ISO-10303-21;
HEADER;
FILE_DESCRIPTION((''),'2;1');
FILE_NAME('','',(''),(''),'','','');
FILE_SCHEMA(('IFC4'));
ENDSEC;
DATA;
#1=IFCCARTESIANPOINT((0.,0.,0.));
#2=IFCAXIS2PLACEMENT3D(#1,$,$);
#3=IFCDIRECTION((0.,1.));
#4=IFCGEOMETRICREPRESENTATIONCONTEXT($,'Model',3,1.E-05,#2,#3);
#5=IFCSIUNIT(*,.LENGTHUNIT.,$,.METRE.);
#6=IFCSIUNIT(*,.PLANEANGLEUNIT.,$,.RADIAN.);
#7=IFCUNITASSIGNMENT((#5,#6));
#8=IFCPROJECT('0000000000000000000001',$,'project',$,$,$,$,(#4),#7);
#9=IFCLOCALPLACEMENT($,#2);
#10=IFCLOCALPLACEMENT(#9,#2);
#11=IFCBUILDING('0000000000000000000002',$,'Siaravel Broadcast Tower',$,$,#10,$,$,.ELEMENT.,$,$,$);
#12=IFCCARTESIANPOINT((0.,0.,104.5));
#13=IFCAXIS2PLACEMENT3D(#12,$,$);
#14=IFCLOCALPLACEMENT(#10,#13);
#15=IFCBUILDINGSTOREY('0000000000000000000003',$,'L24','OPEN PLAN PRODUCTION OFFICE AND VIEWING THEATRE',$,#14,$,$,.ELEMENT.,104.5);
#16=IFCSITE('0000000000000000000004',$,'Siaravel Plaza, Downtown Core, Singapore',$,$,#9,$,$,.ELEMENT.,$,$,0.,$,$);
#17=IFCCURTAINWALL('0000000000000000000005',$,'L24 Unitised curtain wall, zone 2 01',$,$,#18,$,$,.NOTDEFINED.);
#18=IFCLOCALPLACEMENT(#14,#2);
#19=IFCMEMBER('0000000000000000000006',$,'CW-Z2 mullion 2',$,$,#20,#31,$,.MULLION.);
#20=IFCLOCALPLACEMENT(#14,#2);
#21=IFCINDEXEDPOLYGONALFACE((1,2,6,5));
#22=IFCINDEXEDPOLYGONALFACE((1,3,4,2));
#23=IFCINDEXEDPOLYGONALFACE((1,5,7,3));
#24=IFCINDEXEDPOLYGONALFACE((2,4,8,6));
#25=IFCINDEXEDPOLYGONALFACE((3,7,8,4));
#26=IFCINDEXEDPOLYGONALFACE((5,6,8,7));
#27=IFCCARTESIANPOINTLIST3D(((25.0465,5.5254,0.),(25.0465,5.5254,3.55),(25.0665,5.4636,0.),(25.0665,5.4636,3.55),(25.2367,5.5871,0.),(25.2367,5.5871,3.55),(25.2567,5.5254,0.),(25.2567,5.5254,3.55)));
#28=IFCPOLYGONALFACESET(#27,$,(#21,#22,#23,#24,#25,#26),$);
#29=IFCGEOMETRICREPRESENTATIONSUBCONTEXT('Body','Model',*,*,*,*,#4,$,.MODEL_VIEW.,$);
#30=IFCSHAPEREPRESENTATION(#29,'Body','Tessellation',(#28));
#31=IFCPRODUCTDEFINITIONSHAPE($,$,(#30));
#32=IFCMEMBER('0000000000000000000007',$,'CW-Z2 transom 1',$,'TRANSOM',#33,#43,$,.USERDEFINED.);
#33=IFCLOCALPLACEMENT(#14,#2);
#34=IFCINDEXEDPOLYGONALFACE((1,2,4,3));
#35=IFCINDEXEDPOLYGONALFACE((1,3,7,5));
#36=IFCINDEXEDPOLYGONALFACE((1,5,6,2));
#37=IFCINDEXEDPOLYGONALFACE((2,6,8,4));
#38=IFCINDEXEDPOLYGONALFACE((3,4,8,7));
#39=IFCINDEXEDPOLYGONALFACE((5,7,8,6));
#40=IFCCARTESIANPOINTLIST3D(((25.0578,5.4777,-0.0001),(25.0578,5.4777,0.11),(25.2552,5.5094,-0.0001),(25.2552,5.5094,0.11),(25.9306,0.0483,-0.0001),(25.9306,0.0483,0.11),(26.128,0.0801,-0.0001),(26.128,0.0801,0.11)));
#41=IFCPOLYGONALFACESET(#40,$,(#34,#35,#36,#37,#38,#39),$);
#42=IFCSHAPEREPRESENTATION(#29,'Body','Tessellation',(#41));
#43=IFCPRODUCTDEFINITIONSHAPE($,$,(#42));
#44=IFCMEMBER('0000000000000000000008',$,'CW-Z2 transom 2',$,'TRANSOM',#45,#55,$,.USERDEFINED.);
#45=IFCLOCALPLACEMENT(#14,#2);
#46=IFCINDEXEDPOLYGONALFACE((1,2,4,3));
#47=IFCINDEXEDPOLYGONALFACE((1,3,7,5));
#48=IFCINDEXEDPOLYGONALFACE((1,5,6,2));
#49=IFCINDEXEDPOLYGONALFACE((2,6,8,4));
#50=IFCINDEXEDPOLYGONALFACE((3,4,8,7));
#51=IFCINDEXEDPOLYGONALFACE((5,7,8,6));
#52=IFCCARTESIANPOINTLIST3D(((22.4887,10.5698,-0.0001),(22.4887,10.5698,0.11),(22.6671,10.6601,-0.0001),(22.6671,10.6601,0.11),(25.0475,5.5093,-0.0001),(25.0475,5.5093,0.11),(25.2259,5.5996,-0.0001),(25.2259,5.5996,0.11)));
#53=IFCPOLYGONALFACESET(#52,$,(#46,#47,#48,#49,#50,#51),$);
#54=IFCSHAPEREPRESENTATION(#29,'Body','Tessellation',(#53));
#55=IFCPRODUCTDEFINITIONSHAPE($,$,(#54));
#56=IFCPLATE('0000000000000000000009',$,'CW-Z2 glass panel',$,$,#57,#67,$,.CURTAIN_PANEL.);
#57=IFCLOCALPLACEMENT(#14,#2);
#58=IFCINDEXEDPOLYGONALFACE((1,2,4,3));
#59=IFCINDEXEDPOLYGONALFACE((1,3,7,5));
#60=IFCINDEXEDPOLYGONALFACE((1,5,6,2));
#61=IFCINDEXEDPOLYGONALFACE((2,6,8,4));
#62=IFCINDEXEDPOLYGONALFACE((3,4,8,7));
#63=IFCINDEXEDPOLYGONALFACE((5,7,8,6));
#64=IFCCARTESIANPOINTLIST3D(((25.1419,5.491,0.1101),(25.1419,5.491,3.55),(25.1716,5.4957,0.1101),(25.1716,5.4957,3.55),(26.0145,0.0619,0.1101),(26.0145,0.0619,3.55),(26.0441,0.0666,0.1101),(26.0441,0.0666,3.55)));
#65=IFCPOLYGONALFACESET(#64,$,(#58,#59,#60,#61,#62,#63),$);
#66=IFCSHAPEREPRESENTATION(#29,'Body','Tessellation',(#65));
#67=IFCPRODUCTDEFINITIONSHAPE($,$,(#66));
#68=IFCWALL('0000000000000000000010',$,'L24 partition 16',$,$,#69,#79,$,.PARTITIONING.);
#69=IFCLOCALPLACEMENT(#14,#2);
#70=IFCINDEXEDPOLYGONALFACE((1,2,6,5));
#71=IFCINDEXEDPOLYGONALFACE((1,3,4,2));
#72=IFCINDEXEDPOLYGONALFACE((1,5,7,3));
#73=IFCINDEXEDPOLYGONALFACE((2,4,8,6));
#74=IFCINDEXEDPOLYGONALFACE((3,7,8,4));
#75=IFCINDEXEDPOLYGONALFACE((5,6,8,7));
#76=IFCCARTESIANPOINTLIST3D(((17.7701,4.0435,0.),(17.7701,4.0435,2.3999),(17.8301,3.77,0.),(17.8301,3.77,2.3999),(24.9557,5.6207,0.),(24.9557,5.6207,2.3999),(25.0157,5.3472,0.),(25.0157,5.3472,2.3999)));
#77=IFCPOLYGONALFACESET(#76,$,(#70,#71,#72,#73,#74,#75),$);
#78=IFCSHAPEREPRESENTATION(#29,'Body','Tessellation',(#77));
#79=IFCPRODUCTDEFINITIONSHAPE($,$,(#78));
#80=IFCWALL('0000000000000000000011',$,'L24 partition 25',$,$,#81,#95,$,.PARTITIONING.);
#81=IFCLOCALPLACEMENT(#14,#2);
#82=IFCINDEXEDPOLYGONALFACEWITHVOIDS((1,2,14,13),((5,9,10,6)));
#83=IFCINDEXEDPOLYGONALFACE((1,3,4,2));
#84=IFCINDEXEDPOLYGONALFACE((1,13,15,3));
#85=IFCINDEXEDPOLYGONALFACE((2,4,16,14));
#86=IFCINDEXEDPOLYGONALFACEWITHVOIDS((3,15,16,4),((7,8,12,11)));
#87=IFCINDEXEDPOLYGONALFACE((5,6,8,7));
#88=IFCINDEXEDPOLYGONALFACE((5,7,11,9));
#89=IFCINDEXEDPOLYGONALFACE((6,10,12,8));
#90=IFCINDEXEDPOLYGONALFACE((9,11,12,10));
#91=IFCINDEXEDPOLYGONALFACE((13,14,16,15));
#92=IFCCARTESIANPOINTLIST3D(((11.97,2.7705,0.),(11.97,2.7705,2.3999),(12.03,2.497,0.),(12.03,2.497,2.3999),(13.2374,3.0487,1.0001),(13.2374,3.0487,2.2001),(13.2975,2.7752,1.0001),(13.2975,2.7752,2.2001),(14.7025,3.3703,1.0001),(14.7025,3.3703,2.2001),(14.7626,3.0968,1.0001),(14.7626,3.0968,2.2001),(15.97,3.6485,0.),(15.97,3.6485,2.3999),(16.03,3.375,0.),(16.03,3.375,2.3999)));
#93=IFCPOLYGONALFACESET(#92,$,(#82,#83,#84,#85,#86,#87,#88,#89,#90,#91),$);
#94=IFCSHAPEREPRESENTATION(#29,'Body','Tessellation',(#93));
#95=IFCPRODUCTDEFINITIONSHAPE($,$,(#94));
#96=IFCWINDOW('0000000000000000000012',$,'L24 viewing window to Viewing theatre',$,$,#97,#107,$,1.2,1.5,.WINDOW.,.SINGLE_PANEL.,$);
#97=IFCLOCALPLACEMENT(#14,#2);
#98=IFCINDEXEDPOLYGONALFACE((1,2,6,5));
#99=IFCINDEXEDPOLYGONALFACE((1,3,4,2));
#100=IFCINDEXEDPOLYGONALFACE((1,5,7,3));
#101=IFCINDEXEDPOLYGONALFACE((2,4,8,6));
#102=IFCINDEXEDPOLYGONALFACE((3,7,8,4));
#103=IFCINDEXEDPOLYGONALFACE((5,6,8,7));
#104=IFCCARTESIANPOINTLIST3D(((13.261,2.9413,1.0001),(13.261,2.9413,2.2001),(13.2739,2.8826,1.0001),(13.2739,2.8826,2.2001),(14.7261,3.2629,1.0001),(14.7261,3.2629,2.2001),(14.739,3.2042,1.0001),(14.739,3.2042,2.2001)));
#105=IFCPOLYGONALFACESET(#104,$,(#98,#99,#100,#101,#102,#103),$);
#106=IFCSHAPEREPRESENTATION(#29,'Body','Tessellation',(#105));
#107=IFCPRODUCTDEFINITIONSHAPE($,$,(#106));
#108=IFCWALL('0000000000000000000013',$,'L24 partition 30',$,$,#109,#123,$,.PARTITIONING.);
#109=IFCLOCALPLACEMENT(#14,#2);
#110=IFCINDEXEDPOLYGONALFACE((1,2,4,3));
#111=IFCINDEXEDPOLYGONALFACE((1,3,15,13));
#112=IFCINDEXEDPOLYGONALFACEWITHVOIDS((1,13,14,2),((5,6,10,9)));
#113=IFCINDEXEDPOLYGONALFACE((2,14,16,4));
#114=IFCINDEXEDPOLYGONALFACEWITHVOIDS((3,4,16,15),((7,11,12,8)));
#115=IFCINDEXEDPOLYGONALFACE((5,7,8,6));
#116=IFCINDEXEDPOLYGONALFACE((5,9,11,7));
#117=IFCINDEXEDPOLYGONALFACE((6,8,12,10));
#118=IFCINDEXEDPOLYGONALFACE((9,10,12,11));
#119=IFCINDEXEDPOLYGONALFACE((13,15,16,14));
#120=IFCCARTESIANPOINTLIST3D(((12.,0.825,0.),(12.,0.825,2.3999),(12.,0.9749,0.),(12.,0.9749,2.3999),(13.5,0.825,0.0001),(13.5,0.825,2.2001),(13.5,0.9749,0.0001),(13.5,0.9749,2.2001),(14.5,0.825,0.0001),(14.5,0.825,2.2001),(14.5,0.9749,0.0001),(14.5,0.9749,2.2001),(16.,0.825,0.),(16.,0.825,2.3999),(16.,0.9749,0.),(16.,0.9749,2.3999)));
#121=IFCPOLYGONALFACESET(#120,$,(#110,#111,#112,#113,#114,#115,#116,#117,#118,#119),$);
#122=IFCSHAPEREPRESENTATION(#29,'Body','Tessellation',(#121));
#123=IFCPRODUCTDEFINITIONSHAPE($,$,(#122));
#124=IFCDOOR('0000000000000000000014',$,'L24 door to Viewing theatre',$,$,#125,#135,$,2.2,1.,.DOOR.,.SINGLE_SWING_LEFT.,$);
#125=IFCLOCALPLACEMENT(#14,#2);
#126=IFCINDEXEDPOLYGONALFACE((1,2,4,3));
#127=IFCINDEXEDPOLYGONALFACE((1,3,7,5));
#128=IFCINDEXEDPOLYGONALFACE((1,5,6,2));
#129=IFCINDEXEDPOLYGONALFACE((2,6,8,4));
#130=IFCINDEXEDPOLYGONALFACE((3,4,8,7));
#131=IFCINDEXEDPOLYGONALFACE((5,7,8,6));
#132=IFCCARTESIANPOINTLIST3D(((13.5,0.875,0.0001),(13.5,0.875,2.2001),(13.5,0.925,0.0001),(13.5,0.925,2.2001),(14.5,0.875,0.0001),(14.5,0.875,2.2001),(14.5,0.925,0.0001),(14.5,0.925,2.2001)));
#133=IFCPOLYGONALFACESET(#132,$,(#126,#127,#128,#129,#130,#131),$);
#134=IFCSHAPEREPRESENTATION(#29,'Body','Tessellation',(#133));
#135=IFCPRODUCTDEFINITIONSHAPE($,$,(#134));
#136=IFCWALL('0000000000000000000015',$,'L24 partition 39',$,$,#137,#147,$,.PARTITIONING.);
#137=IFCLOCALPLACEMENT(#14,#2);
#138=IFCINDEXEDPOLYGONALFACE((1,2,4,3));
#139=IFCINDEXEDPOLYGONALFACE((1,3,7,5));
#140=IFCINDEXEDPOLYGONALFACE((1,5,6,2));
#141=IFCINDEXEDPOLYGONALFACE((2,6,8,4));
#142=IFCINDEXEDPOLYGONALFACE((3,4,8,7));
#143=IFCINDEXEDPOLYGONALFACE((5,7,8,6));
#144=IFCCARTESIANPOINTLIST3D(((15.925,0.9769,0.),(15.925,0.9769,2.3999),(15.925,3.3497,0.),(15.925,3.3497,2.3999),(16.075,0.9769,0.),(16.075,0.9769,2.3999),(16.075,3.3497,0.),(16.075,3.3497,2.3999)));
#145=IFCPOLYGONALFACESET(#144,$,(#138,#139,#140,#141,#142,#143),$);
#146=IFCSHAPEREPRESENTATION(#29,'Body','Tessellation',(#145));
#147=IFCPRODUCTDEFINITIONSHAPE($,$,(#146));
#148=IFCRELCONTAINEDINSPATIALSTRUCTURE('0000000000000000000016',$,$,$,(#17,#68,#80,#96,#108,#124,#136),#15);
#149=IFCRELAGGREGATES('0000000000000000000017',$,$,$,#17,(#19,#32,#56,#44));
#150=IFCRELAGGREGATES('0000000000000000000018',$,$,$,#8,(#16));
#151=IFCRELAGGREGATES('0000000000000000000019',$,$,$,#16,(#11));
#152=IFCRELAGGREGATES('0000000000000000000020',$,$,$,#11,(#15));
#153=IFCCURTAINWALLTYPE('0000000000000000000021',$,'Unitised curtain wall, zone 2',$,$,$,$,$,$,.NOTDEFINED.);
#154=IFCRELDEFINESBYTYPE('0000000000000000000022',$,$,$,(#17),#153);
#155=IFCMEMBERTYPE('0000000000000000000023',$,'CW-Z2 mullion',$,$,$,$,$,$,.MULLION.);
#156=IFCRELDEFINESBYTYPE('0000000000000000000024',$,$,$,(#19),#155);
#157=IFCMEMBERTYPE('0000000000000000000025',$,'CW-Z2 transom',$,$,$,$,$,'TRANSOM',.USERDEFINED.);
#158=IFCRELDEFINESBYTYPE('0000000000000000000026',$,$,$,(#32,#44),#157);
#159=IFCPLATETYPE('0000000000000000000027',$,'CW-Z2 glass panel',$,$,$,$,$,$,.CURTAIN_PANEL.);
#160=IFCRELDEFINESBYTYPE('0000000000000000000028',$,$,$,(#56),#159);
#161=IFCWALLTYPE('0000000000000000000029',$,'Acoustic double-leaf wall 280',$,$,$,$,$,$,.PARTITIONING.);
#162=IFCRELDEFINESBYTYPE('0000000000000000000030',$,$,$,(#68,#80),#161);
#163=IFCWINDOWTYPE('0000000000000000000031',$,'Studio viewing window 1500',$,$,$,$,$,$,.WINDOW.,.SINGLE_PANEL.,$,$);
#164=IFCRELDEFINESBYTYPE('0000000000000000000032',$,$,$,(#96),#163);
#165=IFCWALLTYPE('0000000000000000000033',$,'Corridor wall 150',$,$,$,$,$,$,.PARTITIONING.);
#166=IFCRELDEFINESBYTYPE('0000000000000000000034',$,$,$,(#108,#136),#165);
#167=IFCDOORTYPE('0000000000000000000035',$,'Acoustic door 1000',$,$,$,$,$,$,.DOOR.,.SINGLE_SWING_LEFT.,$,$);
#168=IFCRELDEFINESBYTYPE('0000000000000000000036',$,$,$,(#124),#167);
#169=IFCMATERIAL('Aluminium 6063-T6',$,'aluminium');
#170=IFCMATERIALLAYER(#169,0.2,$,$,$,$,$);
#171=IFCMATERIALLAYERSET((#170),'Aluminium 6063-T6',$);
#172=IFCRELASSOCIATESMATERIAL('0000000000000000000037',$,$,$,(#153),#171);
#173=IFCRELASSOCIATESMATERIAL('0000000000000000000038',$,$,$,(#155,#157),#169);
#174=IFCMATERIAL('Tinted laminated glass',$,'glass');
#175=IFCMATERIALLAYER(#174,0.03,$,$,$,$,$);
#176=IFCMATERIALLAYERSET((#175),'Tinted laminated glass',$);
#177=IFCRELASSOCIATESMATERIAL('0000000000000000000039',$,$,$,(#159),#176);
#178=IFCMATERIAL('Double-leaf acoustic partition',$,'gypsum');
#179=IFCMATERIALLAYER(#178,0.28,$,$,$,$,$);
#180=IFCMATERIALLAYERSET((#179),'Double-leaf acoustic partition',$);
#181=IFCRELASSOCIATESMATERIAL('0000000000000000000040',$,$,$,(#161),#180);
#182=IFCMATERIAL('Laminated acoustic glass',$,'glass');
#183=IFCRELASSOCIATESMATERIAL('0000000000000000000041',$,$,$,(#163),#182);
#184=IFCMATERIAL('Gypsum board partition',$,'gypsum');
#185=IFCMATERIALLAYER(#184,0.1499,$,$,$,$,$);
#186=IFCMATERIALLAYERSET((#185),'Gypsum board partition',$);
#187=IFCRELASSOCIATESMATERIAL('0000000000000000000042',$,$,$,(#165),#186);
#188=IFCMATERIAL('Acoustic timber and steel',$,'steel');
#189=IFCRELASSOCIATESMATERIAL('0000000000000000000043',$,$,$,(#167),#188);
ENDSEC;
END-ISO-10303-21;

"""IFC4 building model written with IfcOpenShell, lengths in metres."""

from ifc_helpers import new_model, si_unit, direction, frame, frame_2d, origin, origin_2d, place, context, subcontext, project, spatial, rectangle, extrude, material, layer, layer_set, material_profile, profile_set, type_object, element, fill, aggregate, save


model = new_model("IFC4")

# Units and contexts
model_context = context("Model", 3, precision=1e-05, world=origin(), true_north=direction((0.0, 1.0)))
body_context = subcontext(model_context, "Body", "Model", "MODEL_VIEW")
ifc_project = project(units=[si_unit("LENGTHUNIT", "METRE"), si_unit("PLANEANGLEUNIT", "RADIAN")], contexts=[model_context])

# Site, building, storey
site_placement = place(None, origin())
site = spatial("IfcSite", under=ifc_project, at=site_placement, Name="Siaravel Plaza, Downtown Core, Singapore", CompositionType="ELEMENT", RefElevation=0.0)
building_placement = place(site_placement, origin())
building = spatial("IfcBuilding", under=site, at=building_placement, Name="Siaravel Broadcast Tower", CompositionType="ELEMENT")
storey_placement = place(building_placement, frame((0.0, 0.0, 104.5)))
storey = spatial("IfcBuildingStorey", under=building, at=storey_placement, Name="L24", Description="OPEN PLAN PRODUCTION OFFICE AND VIEWING THEATRE", CompositionType="ELEMENT", Elevation=104.5)

# Curtain wall, members, plate
ifc_material_1 = material(Name="Aluminium 6063-T6", Category="aluminium")
ifc_layer_1 = layer(ifc_material_1, 0.2)
ifc_layer_set_1 = layer_set([ifc_layer_1], Name="Aluminium 6063-T6")
curtain_wall_type = type_object("IfcCurtainWallType", Name="Unitised curtain wall, zone 2", PredefinedType="NOTDEFINED", material=ifc_layer_set_1)
curtain_wall_placement = place(storey_placement, origin())
curtain_wall = element("IfcCurtainWall", 1, at=curtain_wall_placement, inside=storey, type_object=curtain_wall_type, Name="L24 Unitised curtain wall, zone 2 01", PredefinedType="NOTDEFINED")
ifc_material_profile_1 = material_profile(ifc_material_1, rectangle(XDim=0.2, YDim=0.0649, at=origin_2d()))
ifc_profile_set_1 = profile_set([ifc_material_profile_1], Name="Aluminium 6063-T6")
member_type_1 = type_object("IfcMemberType", Name="CW-Z2 mullion", PredefinedType="MULLION", material=ifc_profile_set_1)
member_1_placement = place(storey_placement, frame((25.1516, 5.5254, 0.0), z_axis=(0.0, 0.0, 1.0), x_axis=(-0.951177, -0.308646, 0.0)))
member_1 = element("IfcMember", 2, at=member_1_placement, type_object=member_type_1, Name="CW-Z2 mullion 2", PredefinedType="MULLION", context=body_context, shape_type="SweptSolid", body=[
    extrude(rectangle(XDim=0.2, YDim=0.0649, at=origin_2d()), origin(), (0.0, 0.0, 1.0), 3.55),
])
ifc_material_profile_2 = material_profile(ifc_material_1, rectangle(XDim=0.2, YDim=0.1101, at=origin_2d()))
ifc_profile_set_2 = profile_set([ifc_material_profile_2], Name="Aluminium 6063-T6")
member_type_2 = type_object("IfcMemberType", Name="CW-Z2 transom", ElementType="TRANSOM", PredefinedType="USERDEFINED", material=ifc_profile_set_2)
member_2_placement = place(storey_placement, frame((26.0293, 0.0642, 0.0549), z_axis=(-0.158723, 0.987323, 0.0), x_axis=(-0.987323, -0.158723, 0.0)))
member_2 = element("IfcMember", 3, at=member_2_placement, type_object=member_type_2, Name="CW-Z2 transom 1", ObjectType="TRANSOM", PredefinedType="USERDEFINED", context=body_context, shape_type="SweptSolid", body=[
    extrude(rectangle(XDim=0.2, YDim=0.1101, at=origin_2d()), origin(), (0.0, 0.0, 1.0), 5.499),
])
member_3_placement = place(storey_placement, frame((25.1367, 5.5544, 0.0549), z_axis=(-0.451239, 0.892403, 0.0), x_axis=(-0.892403, -0.451239, 0.0)))
member_3 = element("IfcMember", 4, at=member_3_placement, type_object=member_type_2, Name="CW-Z2 transom 2", ObjectType="TRANSOM", PredefinedType="USERDEFINED", context=body_context, shape_type="SweptSolid", body=[
    extrude(rectangle(XDim=0.2, YDim=0.1101, at=origin_2d()), origin(), (0.0, 0.0, 1.0), 5.6707),
])
ifc_material_2 = material(Name="Tinted laminated glass", Category="glass")
ifc_layer_2 = layer(ifc_material_2, 0.03)
ifc_layer_set_2 = layer_set([ifc_layer_2], Name="Tinted laminated glass")
plate_type = type_object("IfcPlateType", Name="CW-Z2 glass panel", PredefinedType="CURTAIN_PANEL", material=ifc_layer_set_2)
plate_placement = place(storey_placement, frame((25.593, 2.7788, 0.1101), z_axis=(0.0, 0.0, 1.0), x_axis=(-0.158686, 0.987329, 0.0)))
plate = element("IfcPlate", 5, at=plate_placement, type_object=plate_type, Name="CW-Z2 glass panel", PredefinedType="CURTAIN_PANEL", context=body_context, shape_type="SweptSolid", body=[
    extrude(rectangle(XDim=5.4988, YDim=0.03, at=origin_2d()), origin(), (0.0, 0.0, 1.0), 3.4399),
])
aggregate(curtain_wall, [member_1, member_2, plate, member_3])

# Wall
ifc_material_3 = material(Name="Double-leaf acoustic partition", Category="gypsum")
ifc_layer_3 = layer(ifc_material_3, 0.28)
ifc_layer_set_3 = layer_set([ifc_layer_3], Name="Double-leaf acoustic partition")
wall_type_1 = type_object("IfcWallType", Name="Acoustic double-leaf wall 280", PredefinedType="PARTITIONING", material=ifc_layer_set_3)
wall_1_placement = place(storey_placement, frame((24.9856, 5.4839, 0.0), z_axis=(0.0, 0.0, 1.0), x_axis=(-0.976749, -0.214386, 0.0)))
element("IfcWall", 6, at=wall_1_placement, inside=storey, type_object=wall_type_1, Name="L24 partition 16", PredefinedType="PARTITIONING", context=body_context, shape_type="SweptSolid", body=[
    extrude(rectangle(XDim=7.3567, YDim=0.28, at=frame_2d((3.6782, 0.0))), origin(), (0.0, 0.0, 1.0), 2.3999),
])

# Wall, opening, window
wall_2_placement = place(storey_placement, frame((16.0, 3.5117, 0.0), z_axis=(0.0, 0.0, 1.0), x_axis=(-0.97675, -0.21438, 0.0)))
wall_2 = element("IfcWall", 7, at=wall_2_placement, inside=storey, type_object=wall_type_1, Name="L24 partition 25", PredefinedType="PARTITIONING", context=body_context, shape_type="SweptSolid", body=[
    extrude(rectangle(XDim=4.0952, YDim=0.28, at=frame_2d((2.0476, 0.0))), origin(), (0.0, 0.0, 1.0), 2.3999),
])
opening_1_placement = place(wall_2_placement, frame((1.2976, 0.0, 1.0)))
opening_1 = element("IfcOpeningElement", 8, at=opening_1_placement, cuts=wall_2, PredefinedType="OPENING", context=body_context, shape_type="SweptSolid", body=[
    extrude(rectangle(XDim=1.5, YDim=1.2, at=frame_2d((0.75, 0.6001))), frame((0.0, 0.1499, 0.0), z_axis=(0.0, -1.0, 0.0), x_axis=(1.0, 0.0, 0.0)), (0.0, 0.0, 1.0), 0.3),
])
ifc_material_4 = material(Name="Laminated acoustic glass", Category="glass")
window_type = type_object("IfcWindowType", Name="Studio viewing window 1500", PartitioningType="SINGLE_PANEL", PredefinedType="WINDOW", material=ifc_material_4)
window_placement = place(opening_1_placement, origin())
window = element("IfcWindow", 9, at=window_placement, inside=storey, type_object=window_type, Name="L24 viewing window to Viewing theatre", OverallHeight=1.2, OverallWidth=1.5, PartitioningType="SINGLE_PANEL", PredefinedType="WINDOW", context=body_context, shape_type="SweptSolid", body=[
    extrude(rectangle(XDim=1.5, YDim=1.2, at=frame_2d((0.75, 0.6001))), frame((0.0, 0.03, 0.0), z_axis=(0.0, -1.0, 0.0), x_axis=(1.0, 0.0, 0.0)), (0.0, 0.0, 1.0), 0.0601),
])
fill(opening_1, window)

# Wall, opening, door
ifc_material_5 = material(Name="Gypsum board partition", Category="gypsum")
ifc_layer_4 = layer(ifc_material_5, 0.1499)
ifc_layer_set_4 = layer_set([ifc_layer_4], Name="Gypsum board partition")
wall_type_2 = type_object("IfcWallType", Name="Corridor wall 150", PredefinedType="PARTITIONING", material=ifc_layer_set_4)
wall_3_placement = place(storey_placement, frame((16.0, 0.8999, 0.0), z_axis=(0.0, 0.0, 1.0), x_axis=(-1.0, 0.0, 0.0)))
wall_3 = element("IfcWall", 10, at=wall_3_placement, inside=storey, type_object=wall_type_2, Name="L24 partition 30", PredefinedType="PARTITIONING", context=body_context, shape_type="SweptSolid", body=[
    extrude(rectangle(XDim=4.0, YDim=0.1499, at=frame_2d((2.0, 0.0))), origin(), (0.0, 0.0, 1.0), 2.3999),
])
opening_2_placement = place(wall_3_placement, frame((1.5, 0.0, 0.0)))
opening_2 = element("IfcOpeningElement", 11, at=opening_2_placement, cuts=wall_3, PredefinedType="OPENING", context=body_context, shape_type="SweptSolid", body=[
    extrude(rectangle(XDim=1.0, YDim=2.2, at=frame_2d((0.5, 1.1001))), frame((0.0, 0.085, 0.0), z_axis=(0.0, -1.0, 0.0), x_axis=(1.0, 0.0, 0.0)), (0.0, 0.0, 1.0), 0.1699),
])
ifc_material_6 = material(Name="Acoustic timber and steel", Category="steel")
door_type_1 = type_object("IfcDoorType", Name="Acoustic door 1000", OperationType="SINGLE_SWING_LEFT", PredefinedType="DOOR", material=ifc_material_6)
door_1_placement = place(opening_2_placement, origin())
door_1 = element("IfcDoor", 12, at=door_1_placement, inside=storey, type_object=door_type_1, Name="L24 door to Viewing theatre", OperationType="SINGLE_SWING_LEFT", OverallHeight=2.2, OverallWidth=1.0, PredefinedType="DOOR", context=body_context, shape_type="SweptSolid", body=[
    extrude(rectangle(XDim=1.0, YDim=2.2, at=frame_2d((0.5, 1.1001))), frame((0.0, 0.0249, 0.0), z_axis=(0.0, -1.0, 0.0), x_axis=(1.0, 0.0, 0.0)), (0.0, 0.0, 1.0), 0.05),
])
fill(opening_2, door_1)

# Wall
wall_4_placement = place(storey_placement, frame((16.0, 3.3499, 0.0), z_axis=(0.0, 0.0, 1.0), x_axis=(0.0, -1.0, 0.0)))
element("IfcWall", 13, at=wall_4_placement, inside=storey, type_object=wall_type_2, Name="L24 partition 39", PredefinedType="PARTITIONING", context=body_context, shape_type="SweptSolid", body=[
    extrude(rectangle(XDim=2.3728, YDim=0.1499, at=frame_2d((1.1865, 0.0))), origin(), (0.0, 0.0, 1.0), 2.3999),
])

save(model, "model.ifc")
